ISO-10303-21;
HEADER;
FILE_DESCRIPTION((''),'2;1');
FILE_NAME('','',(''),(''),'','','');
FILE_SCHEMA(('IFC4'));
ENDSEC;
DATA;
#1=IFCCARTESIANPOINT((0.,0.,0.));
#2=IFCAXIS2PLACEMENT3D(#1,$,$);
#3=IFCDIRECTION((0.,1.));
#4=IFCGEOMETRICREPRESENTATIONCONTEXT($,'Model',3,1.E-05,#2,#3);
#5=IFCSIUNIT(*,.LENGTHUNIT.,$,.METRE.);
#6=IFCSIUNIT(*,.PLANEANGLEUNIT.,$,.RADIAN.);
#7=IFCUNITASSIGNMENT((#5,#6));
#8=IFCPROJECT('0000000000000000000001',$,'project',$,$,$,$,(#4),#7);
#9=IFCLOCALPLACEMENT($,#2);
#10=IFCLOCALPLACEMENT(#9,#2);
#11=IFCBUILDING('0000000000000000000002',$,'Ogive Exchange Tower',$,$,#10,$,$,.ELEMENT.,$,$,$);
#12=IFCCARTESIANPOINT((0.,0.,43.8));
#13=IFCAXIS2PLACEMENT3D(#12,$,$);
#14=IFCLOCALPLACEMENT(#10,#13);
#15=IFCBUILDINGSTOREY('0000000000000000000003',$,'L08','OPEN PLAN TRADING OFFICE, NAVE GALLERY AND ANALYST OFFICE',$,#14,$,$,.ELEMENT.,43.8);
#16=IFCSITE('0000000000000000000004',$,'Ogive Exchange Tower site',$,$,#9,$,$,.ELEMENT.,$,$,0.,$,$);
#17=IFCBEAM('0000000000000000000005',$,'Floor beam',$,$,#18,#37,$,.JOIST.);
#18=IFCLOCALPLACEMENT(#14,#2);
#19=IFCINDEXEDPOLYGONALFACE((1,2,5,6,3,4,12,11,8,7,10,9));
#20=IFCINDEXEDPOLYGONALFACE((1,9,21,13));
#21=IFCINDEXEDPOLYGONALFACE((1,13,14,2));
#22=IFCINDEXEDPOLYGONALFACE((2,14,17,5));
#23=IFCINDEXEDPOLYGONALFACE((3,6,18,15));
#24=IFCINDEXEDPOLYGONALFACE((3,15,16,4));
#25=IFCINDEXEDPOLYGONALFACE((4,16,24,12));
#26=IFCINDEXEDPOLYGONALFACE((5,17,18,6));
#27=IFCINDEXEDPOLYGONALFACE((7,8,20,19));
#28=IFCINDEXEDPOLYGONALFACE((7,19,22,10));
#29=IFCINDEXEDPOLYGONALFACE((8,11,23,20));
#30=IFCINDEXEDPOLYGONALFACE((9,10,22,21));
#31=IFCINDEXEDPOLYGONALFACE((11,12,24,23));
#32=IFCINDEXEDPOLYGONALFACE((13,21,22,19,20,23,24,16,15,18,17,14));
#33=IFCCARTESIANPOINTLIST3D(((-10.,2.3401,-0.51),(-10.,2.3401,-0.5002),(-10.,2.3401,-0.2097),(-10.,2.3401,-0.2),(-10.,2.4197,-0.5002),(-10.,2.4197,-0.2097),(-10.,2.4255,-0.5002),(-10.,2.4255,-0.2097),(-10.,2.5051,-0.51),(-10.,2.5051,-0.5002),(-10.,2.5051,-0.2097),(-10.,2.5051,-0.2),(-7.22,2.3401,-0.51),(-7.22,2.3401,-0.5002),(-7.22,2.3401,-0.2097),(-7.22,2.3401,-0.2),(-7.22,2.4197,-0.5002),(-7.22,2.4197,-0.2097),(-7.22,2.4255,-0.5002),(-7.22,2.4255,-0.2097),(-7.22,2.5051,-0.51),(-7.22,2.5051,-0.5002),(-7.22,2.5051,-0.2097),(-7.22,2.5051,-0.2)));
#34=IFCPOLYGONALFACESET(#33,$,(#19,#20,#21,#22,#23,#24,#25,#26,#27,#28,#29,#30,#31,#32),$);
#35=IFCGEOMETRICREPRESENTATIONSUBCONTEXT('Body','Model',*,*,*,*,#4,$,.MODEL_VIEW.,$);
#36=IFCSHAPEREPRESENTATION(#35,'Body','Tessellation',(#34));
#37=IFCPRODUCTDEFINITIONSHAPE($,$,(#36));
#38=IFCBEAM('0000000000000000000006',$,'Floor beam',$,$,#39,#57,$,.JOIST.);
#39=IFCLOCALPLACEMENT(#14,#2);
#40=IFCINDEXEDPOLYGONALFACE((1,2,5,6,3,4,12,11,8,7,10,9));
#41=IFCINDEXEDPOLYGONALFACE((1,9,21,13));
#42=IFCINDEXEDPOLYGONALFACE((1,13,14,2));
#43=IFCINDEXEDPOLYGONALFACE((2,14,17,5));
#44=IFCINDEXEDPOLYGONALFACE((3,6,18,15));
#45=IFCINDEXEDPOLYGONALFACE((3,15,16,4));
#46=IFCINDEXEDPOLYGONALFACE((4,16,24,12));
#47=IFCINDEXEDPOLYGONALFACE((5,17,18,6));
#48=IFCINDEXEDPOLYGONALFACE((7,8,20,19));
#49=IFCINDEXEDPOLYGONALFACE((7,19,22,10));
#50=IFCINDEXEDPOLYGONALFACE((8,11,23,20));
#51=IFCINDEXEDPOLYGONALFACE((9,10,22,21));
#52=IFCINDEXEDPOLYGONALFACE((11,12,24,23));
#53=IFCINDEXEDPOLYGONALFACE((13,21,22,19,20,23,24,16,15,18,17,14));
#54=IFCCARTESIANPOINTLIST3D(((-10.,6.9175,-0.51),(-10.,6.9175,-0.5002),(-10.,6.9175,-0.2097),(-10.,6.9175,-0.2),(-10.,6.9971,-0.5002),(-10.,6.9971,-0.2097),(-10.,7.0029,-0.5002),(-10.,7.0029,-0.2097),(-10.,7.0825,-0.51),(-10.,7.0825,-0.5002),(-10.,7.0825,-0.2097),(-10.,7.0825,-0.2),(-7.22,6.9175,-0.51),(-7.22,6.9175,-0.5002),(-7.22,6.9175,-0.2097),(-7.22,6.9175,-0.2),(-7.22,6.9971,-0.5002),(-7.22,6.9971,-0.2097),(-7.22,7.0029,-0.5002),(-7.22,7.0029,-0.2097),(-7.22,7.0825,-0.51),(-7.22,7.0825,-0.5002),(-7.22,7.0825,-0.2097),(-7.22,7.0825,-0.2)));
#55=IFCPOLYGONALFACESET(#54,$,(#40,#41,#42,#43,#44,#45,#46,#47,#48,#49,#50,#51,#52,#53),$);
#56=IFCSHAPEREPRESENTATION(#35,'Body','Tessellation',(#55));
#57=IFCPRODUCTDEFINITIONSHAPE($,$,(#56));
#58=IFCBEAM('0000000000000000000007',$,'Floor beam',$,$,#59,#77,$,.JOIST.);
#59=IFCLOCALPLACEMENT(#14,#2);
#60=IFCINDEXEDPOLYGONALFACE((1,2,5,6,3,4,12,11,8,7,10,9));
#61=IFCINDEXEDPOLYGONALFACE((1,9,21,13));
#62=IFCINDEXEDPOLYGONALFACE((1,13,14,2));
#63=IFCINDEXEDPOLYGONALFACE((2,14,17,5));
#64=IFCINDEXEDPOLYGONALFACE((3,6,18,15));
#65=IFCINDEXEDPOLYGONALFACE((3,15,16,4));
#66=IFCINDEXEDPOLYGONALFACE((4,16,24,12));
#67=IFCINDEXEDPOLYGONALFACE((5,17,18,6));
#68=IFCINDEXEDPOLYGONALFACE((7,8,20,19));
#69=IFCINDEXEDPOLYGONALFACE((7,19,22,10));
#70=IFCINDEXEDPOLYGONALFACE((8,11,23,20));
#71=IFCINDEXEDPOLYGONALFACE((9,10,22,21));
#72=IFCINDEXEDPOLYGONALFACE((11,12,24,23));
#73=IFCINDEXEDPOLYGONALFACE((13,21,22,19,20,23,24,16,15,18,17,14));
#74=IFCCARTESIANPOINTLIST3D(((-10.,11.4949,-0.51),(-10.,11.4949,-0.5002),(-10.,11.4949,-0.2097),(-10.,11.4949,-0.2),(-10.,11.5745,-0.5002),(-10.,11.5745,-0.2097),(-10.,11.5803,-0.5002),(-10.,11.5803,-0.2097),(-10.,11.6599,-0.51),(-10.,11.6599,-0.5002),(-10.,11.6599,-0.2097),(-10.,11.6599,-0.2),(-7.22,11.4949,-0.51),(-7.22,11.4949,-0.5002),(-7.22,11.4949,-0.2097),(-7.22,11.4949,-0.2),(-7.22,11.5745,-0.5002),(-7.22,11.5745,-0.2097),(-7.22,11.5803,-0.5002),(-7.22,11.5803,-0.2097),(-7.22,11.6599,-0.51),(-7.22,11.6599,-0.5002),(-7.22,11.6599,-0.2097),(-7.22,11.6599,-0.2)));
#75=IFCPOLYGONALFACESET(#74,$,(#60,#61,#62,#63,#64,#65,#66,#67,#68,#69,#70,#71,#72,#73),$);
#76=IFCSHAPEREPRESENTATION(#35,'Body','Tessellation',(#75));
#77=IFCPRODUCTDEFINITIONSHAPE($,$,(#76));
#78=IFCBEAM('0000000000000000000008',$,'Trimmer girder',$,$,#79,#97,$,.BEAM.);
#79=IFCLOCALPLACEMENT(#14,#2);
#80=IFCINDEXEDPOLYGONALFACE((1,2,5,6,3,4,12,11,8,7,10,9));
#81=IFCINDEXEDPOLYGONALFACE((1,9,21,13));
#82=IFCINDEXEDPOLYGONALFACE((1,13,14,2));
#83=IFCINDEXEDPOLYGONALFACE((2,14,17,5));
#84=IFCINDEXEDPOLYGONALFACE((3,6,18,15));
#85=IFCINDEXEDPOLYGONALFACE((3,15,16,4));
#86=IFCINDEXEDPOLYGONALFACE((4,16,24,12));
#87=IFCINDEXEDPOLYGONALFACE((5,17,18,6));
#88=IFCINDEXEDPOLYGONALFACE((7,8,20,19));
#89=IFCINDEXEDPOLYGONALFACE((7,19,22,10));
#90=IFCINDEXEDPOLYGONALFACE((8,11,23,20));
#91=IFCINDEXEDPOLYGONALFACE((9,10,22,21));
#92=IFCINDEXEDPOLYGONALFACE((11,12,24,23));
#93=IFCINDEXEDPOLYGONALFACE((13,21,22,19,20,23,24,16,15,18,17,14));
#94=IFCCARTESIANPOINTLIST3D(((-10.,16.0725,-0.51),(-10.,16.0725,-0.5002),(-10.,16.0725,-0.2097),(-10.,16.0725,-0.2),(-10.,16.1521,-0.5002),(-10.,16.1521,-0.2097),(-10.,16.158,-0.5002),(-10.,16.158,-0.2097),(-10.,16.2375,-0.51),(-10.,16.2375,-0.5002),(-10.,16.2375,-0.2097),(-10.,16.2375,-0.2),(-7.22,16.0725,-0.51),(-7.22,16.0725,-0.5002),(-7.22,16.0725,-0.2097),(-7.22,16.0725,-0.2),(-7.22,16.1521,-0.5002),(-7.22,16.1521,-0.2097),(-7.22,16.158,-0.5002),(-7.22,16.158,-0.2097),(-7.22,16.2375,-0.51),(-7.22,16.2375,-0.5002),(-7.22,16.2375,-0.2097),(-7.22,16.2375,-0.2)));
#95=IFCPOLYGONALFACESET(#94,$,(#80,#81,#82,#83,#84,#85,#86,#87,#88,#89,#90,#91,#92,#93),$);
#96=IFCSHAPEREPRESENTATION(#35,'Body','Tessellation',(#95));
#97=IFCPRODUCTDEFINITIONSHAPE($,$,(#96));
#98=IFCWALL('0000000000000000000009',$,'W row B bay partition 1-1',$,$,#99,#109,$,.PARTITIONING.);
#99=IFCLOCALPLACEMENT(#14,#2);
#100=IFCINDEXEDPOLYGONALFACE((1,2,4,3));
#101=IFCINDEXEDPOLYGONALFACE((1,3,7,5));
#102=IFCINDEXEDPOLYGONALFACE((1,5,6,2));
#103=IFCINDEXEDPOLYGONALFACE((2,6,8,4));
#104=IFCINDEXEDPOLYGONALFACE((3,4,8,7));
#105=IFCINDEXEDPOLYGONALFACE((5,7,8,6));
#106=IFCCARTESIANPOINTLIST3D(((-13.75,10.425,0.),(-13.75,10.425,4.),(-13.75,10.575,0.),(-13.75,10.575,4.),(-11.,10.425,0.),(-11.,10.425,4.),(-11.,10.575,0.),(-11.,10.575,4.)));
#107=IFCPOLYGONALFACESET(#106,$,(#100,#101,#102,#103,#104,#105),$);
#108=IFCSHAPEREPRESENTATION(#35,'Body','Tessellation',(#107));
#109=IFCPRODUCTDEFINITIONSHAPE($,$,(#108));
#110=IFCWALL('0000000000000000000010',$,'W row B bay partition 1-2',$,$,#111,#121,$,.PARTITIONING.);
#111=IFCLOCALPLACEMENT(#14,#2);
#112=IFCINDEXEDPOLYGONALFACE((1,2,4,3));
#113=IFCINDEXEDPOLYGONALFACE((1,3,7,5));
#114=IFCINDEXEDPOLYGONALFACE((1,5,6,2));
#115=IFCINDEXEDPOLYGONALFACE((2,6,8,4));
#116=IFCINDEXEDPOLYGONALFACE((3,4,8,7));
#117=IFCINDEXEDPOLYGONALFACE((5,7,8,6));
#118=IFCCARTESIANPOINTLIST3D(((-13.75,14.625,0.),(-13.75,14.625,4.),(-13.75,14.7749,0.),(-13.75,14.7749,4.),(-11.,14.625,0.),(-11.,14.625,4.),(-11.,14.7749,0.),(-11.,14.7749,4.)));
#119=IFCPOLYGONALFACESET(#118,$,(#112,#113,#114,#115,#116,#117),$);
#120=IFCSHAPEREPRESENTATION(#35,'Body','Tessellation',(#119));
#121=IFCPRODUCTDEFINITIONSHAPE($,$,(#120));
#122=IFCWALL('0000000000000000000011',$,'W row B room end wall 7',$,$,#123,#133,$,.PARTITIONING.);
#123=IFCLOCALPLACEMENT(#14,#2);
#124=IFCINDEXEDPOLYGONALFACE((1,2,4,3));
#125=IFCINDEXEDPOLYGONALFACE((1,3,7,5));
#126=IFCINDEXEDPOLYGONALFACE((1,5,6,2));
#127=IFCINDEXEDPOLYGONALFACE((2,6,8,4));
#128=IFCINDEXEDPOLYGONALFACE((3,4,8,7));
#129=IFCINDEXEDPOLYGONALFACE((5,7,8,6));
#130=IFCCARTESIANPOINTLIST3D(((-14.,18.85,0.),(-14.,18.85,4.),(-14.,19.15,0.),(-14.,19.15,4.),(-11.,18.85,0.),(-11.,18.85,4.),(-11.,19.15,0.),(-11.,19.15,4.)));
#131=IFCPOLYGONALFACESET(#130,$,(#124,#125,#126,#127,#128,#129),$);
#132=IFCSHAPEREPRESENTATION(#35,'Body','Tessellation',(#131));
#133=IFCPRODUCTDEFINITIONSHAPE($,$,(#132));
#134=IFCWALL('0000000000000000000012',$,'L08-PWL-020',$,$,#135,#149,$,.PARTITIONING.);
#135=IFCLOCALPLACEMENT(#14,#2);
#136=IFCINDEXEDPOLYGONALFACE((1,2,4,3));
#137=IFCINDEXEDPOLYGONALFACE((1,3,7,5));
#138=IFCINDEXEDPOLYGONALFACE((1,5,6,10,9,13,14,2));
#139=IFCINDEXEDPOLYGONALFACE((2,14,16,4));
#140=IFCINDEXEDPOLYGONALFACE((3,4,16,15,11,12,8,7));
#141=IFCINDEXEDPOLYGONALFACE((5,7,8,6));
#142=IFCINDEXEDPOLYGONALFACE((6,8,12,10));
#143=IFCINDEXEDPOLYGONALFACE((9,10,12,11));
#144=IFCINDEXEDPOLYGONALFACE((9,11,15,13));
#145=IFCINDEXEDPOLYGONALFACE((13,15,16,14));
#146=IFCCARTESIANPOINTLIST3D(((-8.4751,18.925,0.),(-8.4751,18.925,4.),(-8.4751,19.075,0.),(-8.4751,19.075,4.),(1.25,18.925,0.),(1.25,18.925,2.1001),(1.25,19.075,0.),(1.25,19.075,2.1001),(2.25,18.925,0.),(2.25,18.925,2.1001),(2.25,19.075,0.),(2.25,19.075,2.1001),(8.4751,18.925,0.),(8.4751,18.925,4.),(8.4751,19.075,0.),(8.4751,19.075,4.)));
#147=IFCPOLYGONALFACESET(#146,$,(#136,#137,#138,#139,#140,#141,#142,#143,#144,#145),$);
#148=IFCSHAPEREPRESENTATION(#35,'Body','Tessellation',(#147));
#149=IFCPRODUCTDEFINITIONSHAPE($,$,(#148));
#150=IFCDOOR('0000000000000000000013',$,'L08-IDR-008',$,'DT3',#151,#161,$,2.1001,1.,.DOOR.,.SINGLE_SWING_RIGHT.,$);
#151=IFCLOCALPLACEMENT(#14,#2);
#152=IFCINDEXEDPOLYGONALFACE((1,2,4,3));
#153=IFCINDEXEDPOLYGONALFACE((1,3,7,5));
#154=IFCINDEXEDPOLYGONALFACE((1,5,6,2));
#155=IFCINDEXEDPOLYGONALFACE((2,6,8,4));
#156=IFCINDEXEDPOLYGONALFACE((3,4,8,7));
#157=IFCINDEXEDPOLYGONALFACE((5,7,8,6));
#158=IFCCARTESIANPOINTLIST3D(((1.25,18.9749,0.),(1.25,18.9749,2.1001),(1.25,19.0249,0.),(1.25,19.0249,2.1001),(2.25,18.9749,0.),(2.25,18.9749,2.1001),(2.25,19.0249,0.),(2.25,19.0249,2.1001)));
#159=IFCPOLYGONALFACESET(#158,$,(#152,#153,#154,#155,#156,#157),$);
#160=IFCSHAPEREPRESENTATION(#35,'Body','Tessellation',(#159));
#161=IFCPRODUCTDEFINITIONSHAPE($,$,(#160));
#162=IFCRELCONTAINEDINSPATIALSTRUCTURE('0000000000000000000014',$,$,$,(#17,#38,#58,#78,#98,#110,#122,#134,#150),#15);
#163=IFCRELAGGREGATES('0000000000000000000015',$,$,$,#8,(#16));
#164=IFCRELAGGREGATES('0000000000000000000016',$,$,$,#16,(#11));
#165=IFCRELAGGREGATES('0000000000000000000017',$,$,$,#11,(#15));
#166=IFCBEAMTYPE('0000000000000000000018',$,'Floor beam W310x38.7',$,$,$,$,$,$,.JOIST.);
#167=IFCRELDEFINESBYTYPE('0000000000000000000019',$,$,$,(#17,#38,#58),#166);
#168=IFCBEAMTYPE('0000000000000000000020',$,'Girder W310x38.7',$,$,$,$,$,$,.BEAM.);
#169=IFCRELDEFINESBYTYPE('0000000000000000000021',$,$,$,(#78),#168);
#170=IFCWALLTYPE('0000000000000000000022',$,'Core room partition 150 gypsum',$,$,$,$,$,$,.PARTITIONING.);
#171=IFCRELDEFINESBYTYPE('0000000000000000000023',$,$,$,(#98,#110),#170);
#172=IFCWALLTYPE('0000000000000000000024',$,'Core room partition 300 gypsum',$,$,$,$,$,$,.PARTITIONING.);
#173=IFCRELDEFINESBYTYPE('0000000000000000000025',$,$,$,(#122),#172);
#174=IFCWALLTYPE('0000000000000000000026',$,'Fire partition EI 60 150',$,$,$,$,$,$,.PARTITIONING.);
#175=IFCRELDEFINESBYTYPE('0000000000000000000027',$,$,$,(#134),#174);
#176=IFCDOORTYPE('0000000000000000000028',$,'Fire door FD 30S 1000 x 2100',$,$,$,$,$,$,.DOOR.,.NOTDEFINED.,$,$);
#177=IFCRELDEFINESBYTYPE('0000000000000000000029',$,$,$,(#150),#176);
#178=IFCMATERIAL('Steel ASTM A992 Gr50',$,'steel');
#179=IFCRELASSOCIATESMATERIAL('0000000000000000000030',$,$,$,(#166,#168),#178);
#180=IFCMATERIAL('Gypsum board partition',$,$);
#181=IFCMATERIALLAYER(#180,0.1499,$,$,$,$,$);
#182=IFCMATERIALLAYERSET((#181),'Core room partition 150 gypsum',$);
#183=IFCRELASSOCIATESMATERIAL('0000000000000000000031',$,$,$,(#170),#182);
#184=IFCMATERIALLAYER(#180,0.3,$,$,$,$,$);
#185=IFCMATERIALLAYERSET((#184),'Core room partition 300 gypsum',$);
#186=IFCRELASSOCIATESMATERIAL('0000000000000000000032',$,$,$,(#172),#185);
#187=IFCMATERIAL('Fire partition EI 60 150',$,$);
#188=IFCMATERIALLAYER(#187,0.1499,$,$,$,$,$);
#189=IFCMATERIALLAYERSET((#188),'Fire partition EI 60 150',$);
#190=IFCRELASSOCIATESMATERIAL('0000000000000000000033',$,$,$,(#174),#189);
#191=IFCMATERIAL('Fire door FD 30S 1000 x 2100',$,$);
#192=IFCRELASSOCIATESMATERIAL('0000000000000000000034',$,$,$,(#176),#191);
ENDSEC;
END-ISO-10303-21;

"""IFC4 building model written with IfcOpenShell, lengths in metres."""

from ifc_helpers import new_model, si_unit, direction, frame, frame_2d, origin, origin_2d, place, context, subcontext, project, spatial, rectangle, i_section, extrude, material, layer, layer_set, material_profile, profile_set, type_object, element, fill, save


model = new_model("IFC4")

# Units and contexts
model_context = context("Model", 3, precision=1e-05, world=origin(), true_north=direction((0.0, 1.0)))
body_context = subcontext(model_context, "Body", "Model", "MODEL_VIEW")
ifc_project = project(units=[si_unit("LENGTHUNIT", "METRE"), si_unit("PLANEANGLEUNIT", "RADIAN")], contexts=[model_context])

# Site, building, storey
site_placement = place(None, origin())
site = spatial("IfcSite", under=ifc_project, at=site_placement, Name="Ogive Exchange Tower site", CompositionType="ELEMENT", RefElevation=0.0)
building_placement = place(site_placement, origin())
building = spatial("IfcBuilding", under=site, at=building_placement, Name="Ogive Exchange Tower", CompositionType="ELEMENT")
storey_placement = place(building_placement, frame((0.0, 0.0, 43.8)))
storey = spatial("IfcBuildingStorey", under=building, at=storey_placement, Name="L08", Description="OPEN PLAN TRADING OFFICE, NAVE GALLERY AND ANALYST OFFICE", CompositionType="ELEMENT", Elevation=43.8)

# Beams
ifc_material_1 = material(Name="Steel ASTM A992 Gr50", Category="steel")
ifc_material_profile_1 = material_profile(ifc_material_1, i_section(OverallWidth=0.165, OverallDepth=0.3101, WebThickness=0.0059, FlangeThickness=0.0098, at=origin_2d()), Name="W310x38.7")
ifc_profile_set_1 = profile_set([ifc_material_profile_1], Name="Steel ASTM A992 Gr50")
beam_type_1 = type_object("IfcBeamType", Name="Floor beam W310x38.7", PredefinedType="JOIST", material=ifc_profile_set_1)
for number, where, z_axis, x_axis, name in (
    (1, (-10.0, 2.4226, -0.355), (1.0, 0.0, 0.0), (0.0, 1.0, 0.0), "Floor beam"),
    (2, (-10.0, 7.0, -0.355), (1.0, 0.0, 0.0), (0.0, 1.0, 0.0), "Floor beam"),
    (3, (-10.0, 11.5774, -0.355), (1.0, 0.0, 0.0), (0.0, 1.0, 0.0), "Floor beam"),
):
    element("IfcBeam", number, at=place(storey_placement, frame(where, z_axis=z_axis, x_axis=x_axis)), inside=storey, type_object=beam_type_1, Name=name, PredefinedType="JOIST", context=body_context, shape_type="SweptSolid", body=[
        extrude(i_section(OverallWidth=0.165, OverallDepth=0.3101, WebThickness=0.0059, FlangeThickness=0.0098, at=origin_2d()), origin(), (0.0, 0.0, 1.0), 2.78),
    ])
ifc_material_profile_2 = material_profile(ifc_material_1, i_section(OverallWidth=0.165, OverallDepth=0.3101, WebThickness=0.0059, FlangeThickness=0.0098, at=origin_2d()), Name="W310x38.7")
ifc_profile_set_2 = profile_set([ifc_material_profile_2], Name="Steel ASTM A992 Gr50")
beam_type_2 = type_object("IfcBeamType", Name="Girder W310x38.7", PredefinedType="BEAM", material=ifc_profile_set_2)
beam_placement = place(storey_placement, frame((-10.0, 16.155, -0.355), z_axis=(1.0, 0.0, 0.0), x_axis=(0.0, 1.0, 0.0)))
element("IfcBeam", 4, at=beam_placement, inside=storey, type_object=beam_type_2, Name="Trimmer girder", PredefinedType="BEAM", context=body_context, shape_type="SweptSolid", body=[
    extrude(i_section(OverallWidth=0.165, OverallDepth=0.3101, WebThickness=0.0059, FlangeThickness=0.0098, at=origin_2d()), origin(), (0.0, 0.0, 1.0), 2.78),
])

# Walls
ifc_material_2 = material(Name="Gypsum board partition")
ifc_layer_1 = layer(ifc_material_2, 0.1499)
ifc_layer_set_1 = layer_set([ifc_layer_1], Name="Core room partition 150 gypsum")
wall_type_1 = type_object("IfcWallType", Name="Core room partition 150 gypsum", PredefinedType="PARTITIONING", material=ifc_layer_set_1)
for number, where, z_axis, x_axis, name in (
    (5, (-13.75, 10.5, 0.0), (0.0, 0.0, 1.0), (1.0, 0.0, 0.0), "W row B bay partition 1-1"),
    (6, (-13.75, 14.7, 0.0), (0.0, 0.0, 1.0), (1.0, 0.0, 0.0), "W row B bay partition 1-2"),
):
    element("IfcWall", number, at=place(storey_placement, frame(where, z_axis=z_axis, x_axis=x_axis)), inside=storey, type_object=wall_type_1, Name=name, PredefinedType="PARTITIONING", context=body_context, shape_type="SweptSolid", body=[
        extrude(rectangle(XDim=2.75, YDim=0.1499, at=frame_2d((1.375, 0.0))), origin(), (0.0, 0.0, 1.0), 4.0),
    ])
ifc_layer_2 = layer(ifc_material_2, 0.3)
ifc_layer_set_2 = layer_set([ifc_layer_2], Name="Core room partition 300 gypsum")
wall_type_2 = type_object("IfcWallType", Name="Core room partition 300 gypsum", PredefinedType="PARTITIONING", material=ifc_layer_set_2)
wall_1_placement = place(storey_placement, frame((-14.0, 19.0, 0.0), z_axis=(0.0, 0.0, 1.0), x_axis=(1.0, 0.0, 0.0)))
element("IfcWall", 7, at=wall_1_placement, inside=storey, type_object=wall_type_2, Name="W row B room end wall 7", PredefinedType="PARTITIONING", context=body_context, shape_type="SweptSolid", body=[
    extrude(rectangle(XDim=3.0, YDim=0.3, at=frame_2d((1.5, 0.0))), origin(), (0.0, 0.0, 1.0), 4.0),
])

# Wall, opening, door
ifc_material_3 = material(Name="Fire partition EI 60 150")
ifc_layer_3 = layer(ifc_material_3, 0.1499)
ifc_layer_set_3 = layer_set([ifc_layer_3], Name="Fire partition EI 60 150")
wall_type_3 = type_object("IfcWallType", Name="Fire partition EI 60 150", PredefinedType="PARTITIONING", material=ifc_layer_set_3)
wall_2_placement = place(storey_placement, frame((-8.4751, 19.0, 0.0), z_axis=(0.0, 0.0, 1.0), x_axis=(1.0, 0.0, 0.0)))
wall_2 = element("IfcWall", 8, at=wall_2_placement, inside=storey, type_object=wall_type_3, Name="L08-PWL-020", PredefinedType="PARTITIONING", context=body_context, shape_type="SweptSolid", body=[
    extrude(rectangle(XDim=16.9502, YDim=0.1499, at=frame_2d((8.4751, 0.0))), origin(), (0.0, 0.0, 1.0), 4.0),
])
opening_1_placement = place(wall_2_placement, frame((9.7251, 0.0, 0.0)))
opening_1 = element("IfcOpeningElement", 9, at=opening_1_placement, cuts=wall_2, PredefinedType="OPENING", context=body_context, shape_type="SweptSolid", body=[
    extrude(rectangle(XDim=1.0, YDim=2.1001, at=frame_2d((0.5, 1.05))), frame((0.0, 0.085, 0.0), z_axis=(0.0, -1.0, 0.0), x_axis=(1.0, 0.0, 0.0)), (0.0, 0.0, 1.0), 0.1699),
])
ifc_material_4 = material(Name="Fire door FD 30S 1000 x 2100")
door_type_1 = type_object("IfcDoorType", Name="Fire door FD 30S 1000 x 2100", OperationType="NOTDEFINED", PredefinedType="DOOR", material=ifc_material_4)
door_1_placement = place(opening_1_placement, origin())
door_1 = element("IfcDoor", 10, at=door_1_placement, inside=storey, type_object=door_type_1, Name="L08-IDR-008", ObjectType="DT3", OperationType="SINGLE_SWING_RIGHT", OverallHeight=2.1001, OverallWidth=1.0, PredefinedType="DOOR", context=body_context, shape_type="SweptSolid", body=[
    extrude(rectangle(XDim=1.0, YDim=2.1001, at=frame_2d((0.5, 1.05))), frame((0.0, 0.0249, 0.0), z_axis=(0.0, -1.0, 0.0), x_axis=(1.0, 0.0, 0.0)), (0.0, 0.0, 1.0), 0.05),
])
fill(opening_1, door_1)

save(model, "model.ifc")
